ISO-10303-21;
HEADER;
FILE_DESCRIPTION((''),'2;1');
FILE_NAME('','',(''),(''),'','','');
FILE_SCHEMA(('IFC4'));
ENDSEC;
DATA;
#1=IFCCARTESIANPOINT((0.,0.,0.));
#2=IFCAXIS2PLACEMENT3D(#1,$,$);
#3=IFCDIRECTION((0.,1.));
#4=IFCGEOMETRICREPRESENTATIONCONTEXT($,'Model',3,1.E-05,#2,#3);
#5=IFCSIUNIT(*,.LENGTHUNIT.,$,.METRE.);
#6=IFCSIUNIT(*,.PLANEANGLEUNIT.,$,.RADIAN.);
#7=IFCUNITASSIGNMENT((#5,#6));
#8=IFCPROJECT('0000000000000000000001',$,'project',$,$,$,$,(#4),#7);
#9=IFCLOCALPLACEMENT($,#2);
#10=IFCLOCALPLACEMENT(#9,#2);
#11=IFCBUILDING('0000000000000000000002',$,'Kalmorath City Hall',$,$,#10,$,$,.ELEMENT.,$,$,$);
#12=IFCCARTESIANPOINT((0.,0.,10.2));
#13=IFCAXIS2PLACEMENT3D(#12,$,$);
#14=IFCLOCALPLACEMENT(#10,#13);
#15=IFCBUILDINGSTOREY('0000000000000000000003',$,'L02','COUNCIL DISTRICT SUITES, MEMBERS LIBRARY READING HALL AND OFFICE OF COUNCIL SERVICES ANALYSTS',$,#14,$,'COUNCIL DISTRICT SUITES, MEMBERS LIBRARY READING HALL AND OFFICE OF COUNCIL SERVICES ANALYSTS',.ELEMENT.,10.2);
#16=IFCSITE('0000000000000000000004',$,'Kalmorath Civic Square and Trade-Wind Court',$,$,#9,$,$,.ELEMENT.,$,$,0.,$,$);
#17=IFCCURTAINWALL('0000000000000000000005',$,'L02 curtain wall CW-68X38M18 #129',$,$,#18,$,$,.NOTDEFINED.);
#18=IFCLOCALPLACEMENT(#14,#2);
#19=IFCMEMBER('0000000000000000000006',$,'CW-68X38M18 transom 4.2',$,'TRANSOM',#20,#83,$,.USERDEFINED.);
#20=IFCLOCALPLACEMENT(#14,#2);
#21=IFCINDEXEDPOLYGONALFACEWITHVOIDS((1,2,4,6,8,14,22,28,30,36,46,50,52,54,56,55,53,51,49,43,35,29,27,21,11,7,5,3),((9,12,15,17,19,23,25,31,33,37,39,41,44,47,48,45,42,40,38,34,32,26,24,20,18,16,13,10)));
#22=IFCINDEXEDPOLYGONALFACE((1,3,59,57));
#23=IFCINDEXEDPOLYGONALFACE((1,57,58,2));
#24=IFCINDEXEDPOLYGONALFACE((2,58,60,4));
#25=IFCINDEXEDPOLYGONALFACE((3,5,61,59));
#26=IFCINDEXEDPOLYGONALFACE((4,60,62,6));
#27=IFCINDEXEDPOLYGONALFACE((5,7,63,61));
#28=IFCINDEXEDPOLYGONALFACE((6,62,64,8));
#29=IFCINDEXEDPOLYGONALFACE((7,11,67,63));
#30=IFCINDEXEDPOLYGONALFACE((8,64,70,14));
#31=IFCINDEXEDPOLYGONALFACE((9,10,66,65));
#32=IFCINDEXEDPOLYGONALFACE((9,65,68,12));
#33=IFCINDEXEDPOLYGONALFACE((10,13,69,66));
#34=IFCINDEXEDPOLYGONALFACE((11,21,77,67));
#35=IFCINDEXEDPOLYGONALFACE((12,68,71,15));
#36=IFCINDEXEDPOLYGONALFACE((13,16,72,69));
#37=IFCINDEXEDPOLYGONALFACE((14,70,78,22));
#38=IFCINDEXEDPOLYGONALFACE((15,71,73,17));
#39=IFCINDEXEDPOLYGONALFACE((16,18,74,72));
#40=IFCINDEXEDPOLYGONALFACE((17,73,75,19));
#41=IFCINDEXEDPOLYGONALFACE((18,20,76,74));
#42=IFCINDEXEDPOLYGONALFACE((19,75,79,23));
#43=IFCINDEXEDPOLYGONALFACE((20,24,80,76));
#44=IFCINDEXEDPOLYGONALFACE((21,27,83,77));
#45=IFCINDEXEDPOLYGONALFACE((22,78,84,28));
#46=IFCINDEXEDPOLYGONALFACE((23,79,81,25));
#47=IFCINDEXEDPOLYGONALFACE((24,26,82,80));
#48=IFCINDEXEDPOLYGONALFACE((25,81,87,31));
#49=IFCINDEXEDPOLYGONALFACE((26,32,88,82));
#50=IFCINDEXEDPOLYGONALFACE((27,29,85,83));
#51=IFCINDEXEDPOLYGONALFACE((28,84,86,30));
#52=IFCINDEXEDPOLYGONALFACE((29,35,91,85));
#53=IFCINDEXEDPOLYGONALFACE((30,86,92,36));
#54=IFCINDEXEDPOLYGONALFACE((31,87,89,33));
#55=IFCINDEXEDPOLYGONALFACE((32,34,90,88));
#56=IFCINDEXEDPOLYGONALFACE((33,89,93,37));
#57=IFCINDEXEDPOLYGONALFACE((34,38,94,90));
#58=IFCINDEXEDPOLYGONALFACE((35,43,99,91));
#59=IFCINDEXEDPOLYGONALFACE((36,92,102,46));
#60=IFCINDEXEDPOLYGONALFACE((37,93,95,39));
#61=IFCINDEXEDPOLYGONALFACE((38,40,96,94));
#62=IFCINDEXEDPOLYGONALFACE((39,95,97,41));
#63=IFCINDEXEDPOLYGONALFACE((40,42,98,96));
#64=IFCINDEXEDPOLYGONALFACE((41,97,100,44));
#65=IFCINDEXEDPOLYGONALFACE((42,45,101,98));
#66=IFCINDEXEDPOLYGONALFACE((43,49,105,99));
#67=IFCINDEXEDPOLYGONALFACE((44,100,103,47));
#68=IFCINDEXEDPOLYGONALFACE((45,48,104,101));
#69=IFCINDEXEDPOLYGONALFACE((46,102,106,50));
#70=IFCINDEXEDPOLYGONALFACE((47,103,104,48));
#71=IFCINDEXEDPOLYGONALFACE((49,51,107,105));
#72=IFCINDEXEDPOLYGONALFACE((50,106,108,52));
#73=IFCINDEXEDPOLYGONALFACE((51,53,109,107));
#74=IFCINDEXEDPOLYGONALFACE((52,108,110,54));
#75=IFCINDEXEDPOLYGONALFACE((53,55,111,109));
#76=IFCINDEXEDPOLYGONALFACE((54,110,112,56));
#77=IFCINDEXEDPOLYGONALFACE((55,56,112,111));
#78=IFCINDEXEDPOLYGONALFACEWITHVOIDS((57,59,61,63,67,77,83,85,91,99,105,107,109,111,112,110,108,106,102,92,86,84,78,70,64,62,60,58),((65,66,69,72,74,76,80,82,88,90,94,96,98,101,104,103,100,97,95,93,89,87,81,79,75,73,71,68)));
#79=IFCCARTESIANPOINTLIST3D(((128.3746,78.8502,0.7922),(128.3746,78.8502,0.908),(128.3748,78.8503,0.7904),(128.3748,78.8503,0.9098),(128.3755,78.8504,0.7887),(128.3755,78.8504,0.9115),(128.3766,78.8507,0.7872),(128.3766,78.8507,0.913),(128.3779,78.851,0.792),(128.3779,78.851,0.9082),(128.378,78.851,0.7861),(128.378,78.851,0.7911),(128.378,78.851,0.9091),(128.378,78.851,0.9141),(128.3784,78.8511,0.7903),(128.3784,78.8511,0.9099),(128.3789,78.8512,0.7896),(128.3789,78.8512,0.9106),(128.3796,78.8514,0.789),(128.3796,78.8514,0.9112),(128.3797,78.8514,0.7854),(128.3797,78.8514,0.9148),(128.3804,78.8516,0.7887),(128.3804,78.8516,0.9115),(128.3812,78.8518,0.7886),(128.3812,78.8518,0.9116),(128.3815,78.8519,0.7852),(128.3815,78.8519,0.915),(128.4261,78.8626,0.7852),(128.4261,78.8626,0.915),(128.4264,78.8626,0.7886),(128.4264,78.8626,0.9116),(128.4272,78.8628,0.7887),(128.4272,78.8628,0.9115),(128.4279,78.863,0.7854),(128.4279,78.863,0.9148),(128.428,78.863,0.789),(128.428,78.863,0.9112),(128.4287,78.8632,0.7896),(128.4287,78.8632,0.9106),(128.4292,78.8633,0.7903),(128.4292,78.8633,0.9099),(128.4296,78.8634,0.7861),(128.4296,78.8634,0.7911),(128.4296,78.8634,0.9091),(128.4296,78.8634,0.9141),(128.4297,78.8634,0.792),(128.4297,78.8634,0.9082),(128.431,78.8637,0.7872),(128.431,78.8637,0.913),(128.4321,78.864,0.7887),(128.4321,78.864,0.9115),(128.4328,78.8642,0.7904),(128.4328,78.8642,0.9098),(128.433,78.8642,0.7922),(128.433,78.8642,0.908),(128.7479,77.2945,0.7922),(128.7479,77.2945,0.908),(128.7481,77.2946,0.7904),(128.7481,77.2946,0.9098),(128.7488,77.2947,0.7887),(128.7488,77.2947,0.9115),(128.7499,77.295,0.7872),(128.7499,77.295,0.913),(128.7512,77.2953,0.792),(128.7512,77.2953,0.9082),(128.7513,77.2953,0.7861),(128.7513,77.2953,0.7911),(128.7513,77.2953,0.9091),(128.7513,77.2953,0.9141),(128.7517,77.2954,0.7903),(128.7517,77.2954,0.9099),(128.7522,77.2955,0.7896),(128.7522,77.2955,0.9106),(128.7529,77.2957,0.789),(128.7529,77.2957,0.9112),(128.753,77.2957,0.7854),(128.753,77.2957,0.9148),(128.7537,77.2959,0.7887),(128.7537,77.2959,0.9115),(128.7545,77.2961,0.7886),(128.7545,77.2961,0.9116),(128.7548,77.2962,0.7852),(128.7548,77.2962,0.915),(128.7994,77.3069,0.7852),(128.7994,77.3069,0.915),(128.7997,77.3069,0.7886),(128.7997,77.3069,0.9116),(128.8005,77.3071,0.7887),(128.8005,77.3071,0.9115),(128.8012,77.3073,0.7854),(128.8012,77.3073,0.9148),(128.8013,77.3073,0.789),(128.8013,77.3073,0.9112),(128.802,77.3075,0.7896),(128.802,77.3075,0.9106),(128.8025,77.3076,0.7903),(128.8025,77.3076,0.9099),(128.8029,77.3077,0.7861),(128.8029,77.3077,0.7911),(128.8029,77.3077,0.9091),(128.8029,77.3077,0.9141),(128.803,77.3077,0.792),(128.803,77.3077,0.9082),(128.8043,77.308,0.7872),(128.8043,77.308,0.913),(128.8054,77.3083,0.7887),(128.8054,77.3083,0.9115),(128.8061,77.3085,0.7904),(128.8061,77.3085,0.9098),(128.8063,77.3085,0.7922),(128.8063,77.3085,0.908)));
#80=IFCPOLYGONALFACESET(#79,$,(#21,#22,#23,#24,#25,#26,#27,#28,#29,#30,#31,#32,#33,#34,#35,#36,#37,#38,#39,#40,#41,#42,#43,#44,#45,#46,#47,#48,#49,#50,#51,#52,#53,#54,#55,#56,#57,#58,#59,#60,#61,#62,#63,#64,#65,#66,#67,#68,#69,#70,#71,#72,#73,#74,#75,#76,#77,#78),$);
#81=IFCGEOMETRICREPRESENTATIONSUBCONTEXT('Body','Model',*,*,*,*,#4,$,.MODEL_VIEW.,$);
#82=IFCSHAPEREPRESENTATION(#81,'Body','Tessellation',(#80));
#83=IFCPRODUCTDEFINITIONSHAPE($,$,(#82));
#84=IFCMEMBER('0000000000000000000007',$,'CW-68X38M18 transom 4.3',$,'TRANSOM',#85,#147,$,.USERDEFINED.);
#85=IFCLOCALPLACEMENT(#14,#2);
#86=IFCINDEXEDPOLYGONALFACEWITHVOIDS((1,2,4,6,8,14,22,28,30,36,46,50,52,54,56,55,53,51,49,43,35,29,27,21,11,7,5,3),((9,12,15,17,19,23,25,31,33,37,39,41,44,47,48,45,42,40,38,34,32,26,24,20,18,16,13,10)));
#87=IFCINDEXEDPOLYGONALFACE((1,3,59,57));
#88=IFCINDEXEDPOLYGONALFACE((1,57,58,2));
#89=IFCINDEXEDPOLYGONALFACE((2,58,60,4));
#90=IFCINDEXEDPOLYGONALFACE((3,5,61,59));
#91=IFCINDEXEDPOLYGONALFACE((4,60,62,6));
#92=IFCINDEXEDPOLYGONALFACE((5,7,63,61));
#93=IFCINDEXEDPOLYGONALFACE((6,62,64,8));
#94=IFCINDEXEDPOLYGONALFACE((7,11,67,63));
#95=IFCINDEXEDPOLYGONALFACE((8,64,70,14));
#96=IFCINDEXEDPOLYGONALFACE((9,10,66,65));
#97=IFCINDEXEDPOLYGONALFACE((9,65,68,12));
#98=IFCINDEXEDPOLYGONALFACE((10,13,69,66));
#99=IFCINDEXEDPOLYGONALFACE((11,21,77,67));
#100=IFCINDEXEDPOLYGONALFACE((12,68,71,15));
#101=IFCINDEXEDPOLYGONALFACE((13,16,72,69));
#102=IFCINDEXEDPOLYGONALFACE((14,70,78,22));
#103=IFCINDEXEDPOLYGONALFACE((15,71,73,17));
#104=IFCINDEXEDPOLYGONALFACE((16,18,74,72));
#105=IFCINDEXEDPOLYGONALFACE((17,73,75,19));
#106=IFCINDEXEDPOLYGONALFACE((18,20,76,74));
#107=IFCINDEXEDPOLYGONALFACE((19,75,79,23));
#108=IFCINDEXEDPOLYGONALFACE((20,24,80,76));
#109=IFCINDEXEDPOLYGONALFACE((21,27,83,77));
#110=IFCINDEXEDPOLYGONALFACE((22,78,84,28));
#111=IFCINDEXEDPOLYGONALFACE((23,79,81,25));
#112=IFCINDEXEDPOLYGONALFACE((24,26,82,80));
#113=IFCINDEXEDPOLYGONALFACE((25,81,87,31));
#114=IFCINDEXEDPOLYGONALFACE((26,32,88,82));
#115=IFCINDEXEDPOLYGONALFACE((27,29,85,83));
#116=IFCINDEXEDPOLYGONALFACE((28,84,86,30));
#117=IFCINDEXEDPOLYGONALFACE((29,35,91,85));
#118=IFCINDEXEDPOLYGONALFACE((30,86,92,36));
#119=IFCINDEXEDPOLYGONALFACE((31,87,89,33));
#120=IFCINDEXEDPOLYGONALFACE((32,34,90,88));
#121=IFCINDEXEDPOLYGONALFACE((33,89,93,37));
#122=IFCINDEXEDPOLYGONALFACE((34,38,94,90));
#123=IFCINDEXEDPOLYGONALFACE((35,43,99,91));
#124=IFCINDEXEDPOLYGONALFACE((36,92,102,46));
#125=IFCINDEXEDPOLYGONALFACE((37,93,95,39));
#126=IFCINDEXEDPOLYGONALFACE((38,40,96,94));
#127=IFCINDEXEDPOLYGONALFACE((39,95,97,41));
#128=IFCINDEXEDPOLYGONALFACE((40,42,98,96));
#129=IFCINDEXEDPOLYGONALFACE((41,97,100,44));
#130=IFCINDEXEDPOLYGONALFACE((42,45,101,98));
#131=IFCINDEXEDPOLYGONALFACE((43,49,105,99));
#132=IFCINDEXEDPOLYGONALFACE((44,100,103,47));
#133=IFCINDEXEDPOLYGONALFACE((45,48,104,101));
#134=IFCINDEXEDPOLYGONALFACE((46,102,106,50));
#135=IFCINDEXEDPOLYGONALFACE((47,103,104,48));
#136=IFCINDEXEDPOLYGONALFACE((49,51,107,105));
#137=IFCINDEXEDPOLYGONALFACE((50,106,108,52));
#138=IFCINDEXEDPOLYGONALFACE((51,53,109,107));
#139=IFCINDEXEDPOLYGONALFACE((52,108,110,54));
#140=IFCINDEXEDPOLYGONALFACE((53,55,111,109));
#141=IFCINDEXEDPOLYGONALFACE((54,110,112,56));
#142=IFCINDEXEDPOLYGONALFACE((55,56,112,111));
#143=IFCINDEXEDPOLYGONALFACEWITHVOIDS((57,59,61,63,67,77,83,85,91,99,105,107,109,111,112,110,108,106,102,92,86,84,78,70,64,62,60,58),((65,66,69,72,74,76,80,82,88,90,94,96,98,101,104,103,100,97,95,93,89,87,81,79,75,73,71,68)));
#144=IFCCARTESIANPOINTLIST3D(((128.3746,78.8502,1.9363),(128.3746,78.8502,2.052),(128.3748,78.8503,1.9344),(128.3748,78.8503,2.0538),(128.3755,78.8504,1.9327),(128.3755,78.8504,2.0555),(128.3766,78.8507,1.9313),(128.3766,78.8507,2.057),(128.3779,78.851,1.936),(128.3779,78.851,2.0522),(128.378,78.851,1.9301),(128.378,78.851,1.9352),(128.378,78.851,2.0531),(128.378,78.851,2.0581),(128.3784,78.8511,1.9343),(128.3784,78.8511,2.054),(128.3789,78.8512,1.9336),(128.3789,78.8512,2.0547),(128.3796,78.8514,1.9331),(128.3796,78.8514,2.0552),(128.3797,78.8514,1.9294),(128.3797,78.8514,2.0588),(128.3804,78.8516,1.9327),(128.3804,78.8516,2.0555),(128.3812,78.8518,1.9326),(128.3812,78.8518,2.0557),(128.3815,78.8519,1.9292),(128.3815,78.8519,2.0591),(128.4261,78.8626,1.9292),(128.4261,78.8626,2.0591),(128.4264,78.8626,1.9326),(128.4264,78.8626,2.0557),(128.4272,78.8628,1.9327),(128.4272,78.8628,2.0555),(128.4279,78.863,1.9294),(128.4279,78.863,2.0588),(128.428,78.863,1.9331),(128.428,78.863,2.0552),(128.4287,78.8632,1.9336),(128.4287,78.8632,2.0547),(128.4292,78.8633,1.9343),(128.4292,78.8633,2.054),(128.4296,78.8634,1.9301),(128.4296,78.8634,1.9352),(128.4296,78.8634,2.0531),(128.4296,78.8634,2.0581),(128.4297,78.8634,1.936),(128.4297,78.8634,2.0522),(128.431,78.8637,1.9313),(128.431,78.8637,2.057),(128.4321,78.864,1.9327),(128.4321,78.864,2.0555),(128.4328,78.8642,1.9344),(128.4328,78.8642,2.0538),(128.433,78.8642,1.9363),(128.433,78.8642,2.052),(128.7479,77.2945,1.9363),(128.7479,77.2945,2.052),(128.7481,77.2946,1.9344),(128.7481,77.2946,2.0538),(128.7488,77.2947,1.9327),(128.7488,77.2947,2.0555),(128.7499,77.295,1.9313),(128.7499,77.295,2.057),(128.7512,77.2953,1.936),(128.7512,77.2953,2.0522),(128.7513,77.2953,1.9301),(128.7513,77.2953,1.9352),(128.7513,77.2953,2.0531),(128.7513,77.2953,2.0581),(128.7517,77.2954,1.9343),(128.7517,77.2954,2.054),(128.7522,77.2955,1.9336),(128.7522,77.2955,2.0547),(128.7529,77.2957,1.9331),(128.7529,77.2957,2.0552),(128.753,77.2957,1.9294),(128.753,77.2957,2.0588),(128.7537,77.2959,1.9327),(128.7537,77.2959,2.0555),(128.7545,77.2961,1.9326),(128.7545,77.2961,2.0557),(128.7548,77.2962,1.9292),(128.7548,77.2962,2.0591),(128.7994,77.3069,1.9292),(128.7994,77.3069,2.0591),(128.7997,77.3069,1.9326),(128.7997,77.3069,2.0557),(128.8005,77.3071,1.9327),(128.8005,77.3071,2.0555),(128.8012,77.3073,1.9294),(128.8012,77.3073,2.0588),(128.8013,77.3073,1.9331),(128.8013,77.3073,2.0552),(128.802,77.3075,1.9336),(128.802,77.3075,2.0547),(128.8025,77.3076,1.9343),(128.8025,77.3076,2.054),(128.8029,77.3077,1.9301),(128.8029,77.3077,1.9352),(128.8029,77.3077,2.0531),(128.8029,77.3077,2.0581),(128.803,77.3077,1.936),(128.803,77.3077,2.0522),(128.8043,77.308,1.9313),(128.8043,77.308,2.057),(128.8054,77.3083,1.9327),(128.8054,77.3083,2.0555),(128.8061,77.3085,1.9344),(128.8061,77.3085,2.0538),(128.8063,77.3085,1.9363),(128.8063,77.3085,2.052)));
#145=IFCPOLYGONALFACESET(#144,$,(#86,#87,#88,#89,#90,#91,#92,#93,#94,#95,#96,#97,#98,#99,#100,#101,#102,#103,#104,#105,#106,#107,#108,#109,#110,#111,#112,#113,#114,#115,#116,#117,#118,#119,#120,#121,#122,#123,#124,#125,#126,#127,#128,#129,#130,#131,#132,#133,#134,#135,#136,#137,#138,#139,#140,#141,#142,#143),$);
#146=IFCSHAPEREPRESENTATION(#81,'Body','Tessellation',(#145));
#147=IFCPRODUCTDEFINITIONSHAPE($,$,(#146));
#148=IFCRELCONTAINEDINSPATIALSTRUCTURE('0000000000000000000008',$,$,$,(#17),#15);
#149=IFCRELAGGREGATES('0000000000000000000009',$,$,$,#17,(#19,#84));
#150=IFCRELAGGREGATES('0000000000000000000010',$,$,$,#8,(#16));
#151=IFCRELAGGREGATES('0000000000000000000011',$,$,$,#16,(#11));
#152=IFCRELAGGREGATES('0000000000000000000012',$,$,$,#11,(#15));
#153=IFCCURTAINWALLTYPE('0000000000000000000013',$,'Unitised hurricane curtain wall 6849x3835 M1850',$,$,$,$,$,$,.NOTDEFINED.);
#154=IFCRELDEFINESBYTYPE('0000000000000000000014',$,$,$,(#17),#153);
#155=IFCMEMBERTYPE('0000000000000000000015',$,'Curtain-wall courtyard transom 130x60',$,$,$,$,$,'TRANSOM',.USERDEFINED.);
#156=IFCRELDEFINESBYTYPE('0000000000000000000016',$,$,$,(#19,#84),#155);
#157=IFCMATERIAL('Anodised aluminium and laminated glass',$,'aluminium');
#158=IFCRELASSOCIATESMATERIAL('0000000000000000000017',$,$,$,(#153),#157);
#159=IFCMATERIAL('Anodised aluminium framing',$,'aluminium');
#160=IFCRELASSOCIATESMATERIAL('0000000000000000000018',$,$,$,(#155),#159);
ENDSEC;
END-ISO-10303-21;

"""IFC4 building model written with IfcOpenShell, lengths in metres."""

from ifc_helpers import new_model, si_unit, direction, frame, origin, origin_2d, place, context, subcontext, project, spatial, hollow_rectangle, extrude, material, material_profile, profile_set, type_object, element, aggregate, save


model = new_model("IFC4")

# Units and contexts
model_context = context("Model", 3, precision=1e-05, world=origin(), true_north=direction((0.0, 1.0)))
body_context = subcontext(model_context, "Body", "Model", "MODEL_VIEW")
ifc_project = project(units=[si_unit("LENGTHUNIT", "METRE"), si_unit("PLANEANGLEUNIT", "RADIAN")], contexts=[model_context])

# Site, building, storey
site_placement = place(None, origin())
site = spatial("IfcSite", under=ifc_project, at=site_placement, Name="Kalmorath Civic Square and Trade-Wind Court", CompositionType="ELEMENT", RefElevation=0.0)
building_placement = place(site_placement, origin())
building = spatial("IfcBuilding", under=site, at=building_placement, Name="Kalmorath City Hall", CompositionType="ELEMENT")
storey_placement = place(building_placement, frame((0.0, 0.0, 10.2)))
storey = spatial("IfcBuildingStorey", under=building, at=storey_placement, Name="L02", Description="COUNCIL DISTRICT SUITES, MEMBERS LIBRARY READING HALL AND OFFICE OF COUNCIL SERVICES ANALYSTS", LongName="COUNCIL DISTRICT SUITES, MEMBERS LIBRARY READING HALL AND OFFICE OF COUNCIL SERVICES ANALYSTS", CompositionType="ELEMENT", Elevation=10.2)

# Curtain wall, members
ifc_material_1 = material(Name="Anodised aluminium and laminated glass", Category="aluminium")
curtain_wall_type = type_object("IfcCurtainWallType", Name="Unitised hurricane curtain wall 6849x3835 M1850", PredefinedType="NOTDEFINED", material=ifc_material_1)
curtain_wall_1_placement = place(storey_placement, origin())
curtain_wall_1 = element("IfcCurtainWall", 1, at=curtain_wall_1_placement, inside=storey, type_object=curtain_wall_type, Name="L02 curtain wall CW-68X38M18 #129", PredefinedType="NOTDEFINED")
ifc_material_2 = material(Name="Anodised aluminium framing", Category="aluminium")
ifc_material_profile_1 = material_profile(ifc_material_2, hollow_rectangle(XDim=0.0601, YDim=0.1299, WallThickness=0.0034, InnerFilletRadius=0.0034, OuterFilletRadius=0.0071, at=origin_2d()), Name="ALU-TRN-130X60X3.5")
ifc_profile_set_1 = profile_set([ifc_material_profile_1], Name="Anodised aluminium framing")
member_type_1 = type_object("IfcMemberType", Name="Curtain-wall courtyard transom 130x60", ElementType="TRANSOM", PredefinedType="USERDEFINED", material=ifc_profile_set_1)
member_1_placement = place(storey_placement, frame((128.7771, 77.3015, 0.8501), z_axis=(-0.233333, 0.972397, 0.0), x_axis=(-0.972397, -0.233333, 0.0)))
member_1 = element("IfcMember", 2, at=member_1_placement, type_object=member_type_1, Name="CW-68X38M18 transom 4.2", ObjectType="TRANSOM", PredefinedType="USERDEFINED", context=body_context, shape_type="SweptSolid", body=[
    extrude(hollow_rectangle(XDim=0.0601, YDim=0.1299, WallThickness=0.0034, InnerFilletRadius=0.0034, OuterFilletRadius=0.0071, at=origin_2d()), origin(), (0.0, 0.0, 1.0), 1.5999),
])
member_2_placement = place(storey_placement, frame((128.7771, 77.3015, 1.9941), z_axis=(-0.233333, 0.972397, 0.0), x_axis=(-0.972397, -0.233333, 0.0)))
member_2 = element("IfcMember", 3, at=member_2_placement, type_object=member_type_1, Name="CW-68X38M18 transom 4.3", ObjectType="TRANSOM", PredefinedType="USERDEFINED", context=body_context, shape_type="SweptSolid", body=[
    extrude(hollow_rectangle(XDim=0.0601, YDim=0.1299, WallThickness=0.0034, InnerFilletRadius=0.0034, OuterFilletRadius=0.0071, at=origin_2d()), origin(), (0.0, 0.0, 1.0), 1.5999),
])

aggregate(curtain_wall_1, [member_1, member_2])

save(model, "model.ifc")
